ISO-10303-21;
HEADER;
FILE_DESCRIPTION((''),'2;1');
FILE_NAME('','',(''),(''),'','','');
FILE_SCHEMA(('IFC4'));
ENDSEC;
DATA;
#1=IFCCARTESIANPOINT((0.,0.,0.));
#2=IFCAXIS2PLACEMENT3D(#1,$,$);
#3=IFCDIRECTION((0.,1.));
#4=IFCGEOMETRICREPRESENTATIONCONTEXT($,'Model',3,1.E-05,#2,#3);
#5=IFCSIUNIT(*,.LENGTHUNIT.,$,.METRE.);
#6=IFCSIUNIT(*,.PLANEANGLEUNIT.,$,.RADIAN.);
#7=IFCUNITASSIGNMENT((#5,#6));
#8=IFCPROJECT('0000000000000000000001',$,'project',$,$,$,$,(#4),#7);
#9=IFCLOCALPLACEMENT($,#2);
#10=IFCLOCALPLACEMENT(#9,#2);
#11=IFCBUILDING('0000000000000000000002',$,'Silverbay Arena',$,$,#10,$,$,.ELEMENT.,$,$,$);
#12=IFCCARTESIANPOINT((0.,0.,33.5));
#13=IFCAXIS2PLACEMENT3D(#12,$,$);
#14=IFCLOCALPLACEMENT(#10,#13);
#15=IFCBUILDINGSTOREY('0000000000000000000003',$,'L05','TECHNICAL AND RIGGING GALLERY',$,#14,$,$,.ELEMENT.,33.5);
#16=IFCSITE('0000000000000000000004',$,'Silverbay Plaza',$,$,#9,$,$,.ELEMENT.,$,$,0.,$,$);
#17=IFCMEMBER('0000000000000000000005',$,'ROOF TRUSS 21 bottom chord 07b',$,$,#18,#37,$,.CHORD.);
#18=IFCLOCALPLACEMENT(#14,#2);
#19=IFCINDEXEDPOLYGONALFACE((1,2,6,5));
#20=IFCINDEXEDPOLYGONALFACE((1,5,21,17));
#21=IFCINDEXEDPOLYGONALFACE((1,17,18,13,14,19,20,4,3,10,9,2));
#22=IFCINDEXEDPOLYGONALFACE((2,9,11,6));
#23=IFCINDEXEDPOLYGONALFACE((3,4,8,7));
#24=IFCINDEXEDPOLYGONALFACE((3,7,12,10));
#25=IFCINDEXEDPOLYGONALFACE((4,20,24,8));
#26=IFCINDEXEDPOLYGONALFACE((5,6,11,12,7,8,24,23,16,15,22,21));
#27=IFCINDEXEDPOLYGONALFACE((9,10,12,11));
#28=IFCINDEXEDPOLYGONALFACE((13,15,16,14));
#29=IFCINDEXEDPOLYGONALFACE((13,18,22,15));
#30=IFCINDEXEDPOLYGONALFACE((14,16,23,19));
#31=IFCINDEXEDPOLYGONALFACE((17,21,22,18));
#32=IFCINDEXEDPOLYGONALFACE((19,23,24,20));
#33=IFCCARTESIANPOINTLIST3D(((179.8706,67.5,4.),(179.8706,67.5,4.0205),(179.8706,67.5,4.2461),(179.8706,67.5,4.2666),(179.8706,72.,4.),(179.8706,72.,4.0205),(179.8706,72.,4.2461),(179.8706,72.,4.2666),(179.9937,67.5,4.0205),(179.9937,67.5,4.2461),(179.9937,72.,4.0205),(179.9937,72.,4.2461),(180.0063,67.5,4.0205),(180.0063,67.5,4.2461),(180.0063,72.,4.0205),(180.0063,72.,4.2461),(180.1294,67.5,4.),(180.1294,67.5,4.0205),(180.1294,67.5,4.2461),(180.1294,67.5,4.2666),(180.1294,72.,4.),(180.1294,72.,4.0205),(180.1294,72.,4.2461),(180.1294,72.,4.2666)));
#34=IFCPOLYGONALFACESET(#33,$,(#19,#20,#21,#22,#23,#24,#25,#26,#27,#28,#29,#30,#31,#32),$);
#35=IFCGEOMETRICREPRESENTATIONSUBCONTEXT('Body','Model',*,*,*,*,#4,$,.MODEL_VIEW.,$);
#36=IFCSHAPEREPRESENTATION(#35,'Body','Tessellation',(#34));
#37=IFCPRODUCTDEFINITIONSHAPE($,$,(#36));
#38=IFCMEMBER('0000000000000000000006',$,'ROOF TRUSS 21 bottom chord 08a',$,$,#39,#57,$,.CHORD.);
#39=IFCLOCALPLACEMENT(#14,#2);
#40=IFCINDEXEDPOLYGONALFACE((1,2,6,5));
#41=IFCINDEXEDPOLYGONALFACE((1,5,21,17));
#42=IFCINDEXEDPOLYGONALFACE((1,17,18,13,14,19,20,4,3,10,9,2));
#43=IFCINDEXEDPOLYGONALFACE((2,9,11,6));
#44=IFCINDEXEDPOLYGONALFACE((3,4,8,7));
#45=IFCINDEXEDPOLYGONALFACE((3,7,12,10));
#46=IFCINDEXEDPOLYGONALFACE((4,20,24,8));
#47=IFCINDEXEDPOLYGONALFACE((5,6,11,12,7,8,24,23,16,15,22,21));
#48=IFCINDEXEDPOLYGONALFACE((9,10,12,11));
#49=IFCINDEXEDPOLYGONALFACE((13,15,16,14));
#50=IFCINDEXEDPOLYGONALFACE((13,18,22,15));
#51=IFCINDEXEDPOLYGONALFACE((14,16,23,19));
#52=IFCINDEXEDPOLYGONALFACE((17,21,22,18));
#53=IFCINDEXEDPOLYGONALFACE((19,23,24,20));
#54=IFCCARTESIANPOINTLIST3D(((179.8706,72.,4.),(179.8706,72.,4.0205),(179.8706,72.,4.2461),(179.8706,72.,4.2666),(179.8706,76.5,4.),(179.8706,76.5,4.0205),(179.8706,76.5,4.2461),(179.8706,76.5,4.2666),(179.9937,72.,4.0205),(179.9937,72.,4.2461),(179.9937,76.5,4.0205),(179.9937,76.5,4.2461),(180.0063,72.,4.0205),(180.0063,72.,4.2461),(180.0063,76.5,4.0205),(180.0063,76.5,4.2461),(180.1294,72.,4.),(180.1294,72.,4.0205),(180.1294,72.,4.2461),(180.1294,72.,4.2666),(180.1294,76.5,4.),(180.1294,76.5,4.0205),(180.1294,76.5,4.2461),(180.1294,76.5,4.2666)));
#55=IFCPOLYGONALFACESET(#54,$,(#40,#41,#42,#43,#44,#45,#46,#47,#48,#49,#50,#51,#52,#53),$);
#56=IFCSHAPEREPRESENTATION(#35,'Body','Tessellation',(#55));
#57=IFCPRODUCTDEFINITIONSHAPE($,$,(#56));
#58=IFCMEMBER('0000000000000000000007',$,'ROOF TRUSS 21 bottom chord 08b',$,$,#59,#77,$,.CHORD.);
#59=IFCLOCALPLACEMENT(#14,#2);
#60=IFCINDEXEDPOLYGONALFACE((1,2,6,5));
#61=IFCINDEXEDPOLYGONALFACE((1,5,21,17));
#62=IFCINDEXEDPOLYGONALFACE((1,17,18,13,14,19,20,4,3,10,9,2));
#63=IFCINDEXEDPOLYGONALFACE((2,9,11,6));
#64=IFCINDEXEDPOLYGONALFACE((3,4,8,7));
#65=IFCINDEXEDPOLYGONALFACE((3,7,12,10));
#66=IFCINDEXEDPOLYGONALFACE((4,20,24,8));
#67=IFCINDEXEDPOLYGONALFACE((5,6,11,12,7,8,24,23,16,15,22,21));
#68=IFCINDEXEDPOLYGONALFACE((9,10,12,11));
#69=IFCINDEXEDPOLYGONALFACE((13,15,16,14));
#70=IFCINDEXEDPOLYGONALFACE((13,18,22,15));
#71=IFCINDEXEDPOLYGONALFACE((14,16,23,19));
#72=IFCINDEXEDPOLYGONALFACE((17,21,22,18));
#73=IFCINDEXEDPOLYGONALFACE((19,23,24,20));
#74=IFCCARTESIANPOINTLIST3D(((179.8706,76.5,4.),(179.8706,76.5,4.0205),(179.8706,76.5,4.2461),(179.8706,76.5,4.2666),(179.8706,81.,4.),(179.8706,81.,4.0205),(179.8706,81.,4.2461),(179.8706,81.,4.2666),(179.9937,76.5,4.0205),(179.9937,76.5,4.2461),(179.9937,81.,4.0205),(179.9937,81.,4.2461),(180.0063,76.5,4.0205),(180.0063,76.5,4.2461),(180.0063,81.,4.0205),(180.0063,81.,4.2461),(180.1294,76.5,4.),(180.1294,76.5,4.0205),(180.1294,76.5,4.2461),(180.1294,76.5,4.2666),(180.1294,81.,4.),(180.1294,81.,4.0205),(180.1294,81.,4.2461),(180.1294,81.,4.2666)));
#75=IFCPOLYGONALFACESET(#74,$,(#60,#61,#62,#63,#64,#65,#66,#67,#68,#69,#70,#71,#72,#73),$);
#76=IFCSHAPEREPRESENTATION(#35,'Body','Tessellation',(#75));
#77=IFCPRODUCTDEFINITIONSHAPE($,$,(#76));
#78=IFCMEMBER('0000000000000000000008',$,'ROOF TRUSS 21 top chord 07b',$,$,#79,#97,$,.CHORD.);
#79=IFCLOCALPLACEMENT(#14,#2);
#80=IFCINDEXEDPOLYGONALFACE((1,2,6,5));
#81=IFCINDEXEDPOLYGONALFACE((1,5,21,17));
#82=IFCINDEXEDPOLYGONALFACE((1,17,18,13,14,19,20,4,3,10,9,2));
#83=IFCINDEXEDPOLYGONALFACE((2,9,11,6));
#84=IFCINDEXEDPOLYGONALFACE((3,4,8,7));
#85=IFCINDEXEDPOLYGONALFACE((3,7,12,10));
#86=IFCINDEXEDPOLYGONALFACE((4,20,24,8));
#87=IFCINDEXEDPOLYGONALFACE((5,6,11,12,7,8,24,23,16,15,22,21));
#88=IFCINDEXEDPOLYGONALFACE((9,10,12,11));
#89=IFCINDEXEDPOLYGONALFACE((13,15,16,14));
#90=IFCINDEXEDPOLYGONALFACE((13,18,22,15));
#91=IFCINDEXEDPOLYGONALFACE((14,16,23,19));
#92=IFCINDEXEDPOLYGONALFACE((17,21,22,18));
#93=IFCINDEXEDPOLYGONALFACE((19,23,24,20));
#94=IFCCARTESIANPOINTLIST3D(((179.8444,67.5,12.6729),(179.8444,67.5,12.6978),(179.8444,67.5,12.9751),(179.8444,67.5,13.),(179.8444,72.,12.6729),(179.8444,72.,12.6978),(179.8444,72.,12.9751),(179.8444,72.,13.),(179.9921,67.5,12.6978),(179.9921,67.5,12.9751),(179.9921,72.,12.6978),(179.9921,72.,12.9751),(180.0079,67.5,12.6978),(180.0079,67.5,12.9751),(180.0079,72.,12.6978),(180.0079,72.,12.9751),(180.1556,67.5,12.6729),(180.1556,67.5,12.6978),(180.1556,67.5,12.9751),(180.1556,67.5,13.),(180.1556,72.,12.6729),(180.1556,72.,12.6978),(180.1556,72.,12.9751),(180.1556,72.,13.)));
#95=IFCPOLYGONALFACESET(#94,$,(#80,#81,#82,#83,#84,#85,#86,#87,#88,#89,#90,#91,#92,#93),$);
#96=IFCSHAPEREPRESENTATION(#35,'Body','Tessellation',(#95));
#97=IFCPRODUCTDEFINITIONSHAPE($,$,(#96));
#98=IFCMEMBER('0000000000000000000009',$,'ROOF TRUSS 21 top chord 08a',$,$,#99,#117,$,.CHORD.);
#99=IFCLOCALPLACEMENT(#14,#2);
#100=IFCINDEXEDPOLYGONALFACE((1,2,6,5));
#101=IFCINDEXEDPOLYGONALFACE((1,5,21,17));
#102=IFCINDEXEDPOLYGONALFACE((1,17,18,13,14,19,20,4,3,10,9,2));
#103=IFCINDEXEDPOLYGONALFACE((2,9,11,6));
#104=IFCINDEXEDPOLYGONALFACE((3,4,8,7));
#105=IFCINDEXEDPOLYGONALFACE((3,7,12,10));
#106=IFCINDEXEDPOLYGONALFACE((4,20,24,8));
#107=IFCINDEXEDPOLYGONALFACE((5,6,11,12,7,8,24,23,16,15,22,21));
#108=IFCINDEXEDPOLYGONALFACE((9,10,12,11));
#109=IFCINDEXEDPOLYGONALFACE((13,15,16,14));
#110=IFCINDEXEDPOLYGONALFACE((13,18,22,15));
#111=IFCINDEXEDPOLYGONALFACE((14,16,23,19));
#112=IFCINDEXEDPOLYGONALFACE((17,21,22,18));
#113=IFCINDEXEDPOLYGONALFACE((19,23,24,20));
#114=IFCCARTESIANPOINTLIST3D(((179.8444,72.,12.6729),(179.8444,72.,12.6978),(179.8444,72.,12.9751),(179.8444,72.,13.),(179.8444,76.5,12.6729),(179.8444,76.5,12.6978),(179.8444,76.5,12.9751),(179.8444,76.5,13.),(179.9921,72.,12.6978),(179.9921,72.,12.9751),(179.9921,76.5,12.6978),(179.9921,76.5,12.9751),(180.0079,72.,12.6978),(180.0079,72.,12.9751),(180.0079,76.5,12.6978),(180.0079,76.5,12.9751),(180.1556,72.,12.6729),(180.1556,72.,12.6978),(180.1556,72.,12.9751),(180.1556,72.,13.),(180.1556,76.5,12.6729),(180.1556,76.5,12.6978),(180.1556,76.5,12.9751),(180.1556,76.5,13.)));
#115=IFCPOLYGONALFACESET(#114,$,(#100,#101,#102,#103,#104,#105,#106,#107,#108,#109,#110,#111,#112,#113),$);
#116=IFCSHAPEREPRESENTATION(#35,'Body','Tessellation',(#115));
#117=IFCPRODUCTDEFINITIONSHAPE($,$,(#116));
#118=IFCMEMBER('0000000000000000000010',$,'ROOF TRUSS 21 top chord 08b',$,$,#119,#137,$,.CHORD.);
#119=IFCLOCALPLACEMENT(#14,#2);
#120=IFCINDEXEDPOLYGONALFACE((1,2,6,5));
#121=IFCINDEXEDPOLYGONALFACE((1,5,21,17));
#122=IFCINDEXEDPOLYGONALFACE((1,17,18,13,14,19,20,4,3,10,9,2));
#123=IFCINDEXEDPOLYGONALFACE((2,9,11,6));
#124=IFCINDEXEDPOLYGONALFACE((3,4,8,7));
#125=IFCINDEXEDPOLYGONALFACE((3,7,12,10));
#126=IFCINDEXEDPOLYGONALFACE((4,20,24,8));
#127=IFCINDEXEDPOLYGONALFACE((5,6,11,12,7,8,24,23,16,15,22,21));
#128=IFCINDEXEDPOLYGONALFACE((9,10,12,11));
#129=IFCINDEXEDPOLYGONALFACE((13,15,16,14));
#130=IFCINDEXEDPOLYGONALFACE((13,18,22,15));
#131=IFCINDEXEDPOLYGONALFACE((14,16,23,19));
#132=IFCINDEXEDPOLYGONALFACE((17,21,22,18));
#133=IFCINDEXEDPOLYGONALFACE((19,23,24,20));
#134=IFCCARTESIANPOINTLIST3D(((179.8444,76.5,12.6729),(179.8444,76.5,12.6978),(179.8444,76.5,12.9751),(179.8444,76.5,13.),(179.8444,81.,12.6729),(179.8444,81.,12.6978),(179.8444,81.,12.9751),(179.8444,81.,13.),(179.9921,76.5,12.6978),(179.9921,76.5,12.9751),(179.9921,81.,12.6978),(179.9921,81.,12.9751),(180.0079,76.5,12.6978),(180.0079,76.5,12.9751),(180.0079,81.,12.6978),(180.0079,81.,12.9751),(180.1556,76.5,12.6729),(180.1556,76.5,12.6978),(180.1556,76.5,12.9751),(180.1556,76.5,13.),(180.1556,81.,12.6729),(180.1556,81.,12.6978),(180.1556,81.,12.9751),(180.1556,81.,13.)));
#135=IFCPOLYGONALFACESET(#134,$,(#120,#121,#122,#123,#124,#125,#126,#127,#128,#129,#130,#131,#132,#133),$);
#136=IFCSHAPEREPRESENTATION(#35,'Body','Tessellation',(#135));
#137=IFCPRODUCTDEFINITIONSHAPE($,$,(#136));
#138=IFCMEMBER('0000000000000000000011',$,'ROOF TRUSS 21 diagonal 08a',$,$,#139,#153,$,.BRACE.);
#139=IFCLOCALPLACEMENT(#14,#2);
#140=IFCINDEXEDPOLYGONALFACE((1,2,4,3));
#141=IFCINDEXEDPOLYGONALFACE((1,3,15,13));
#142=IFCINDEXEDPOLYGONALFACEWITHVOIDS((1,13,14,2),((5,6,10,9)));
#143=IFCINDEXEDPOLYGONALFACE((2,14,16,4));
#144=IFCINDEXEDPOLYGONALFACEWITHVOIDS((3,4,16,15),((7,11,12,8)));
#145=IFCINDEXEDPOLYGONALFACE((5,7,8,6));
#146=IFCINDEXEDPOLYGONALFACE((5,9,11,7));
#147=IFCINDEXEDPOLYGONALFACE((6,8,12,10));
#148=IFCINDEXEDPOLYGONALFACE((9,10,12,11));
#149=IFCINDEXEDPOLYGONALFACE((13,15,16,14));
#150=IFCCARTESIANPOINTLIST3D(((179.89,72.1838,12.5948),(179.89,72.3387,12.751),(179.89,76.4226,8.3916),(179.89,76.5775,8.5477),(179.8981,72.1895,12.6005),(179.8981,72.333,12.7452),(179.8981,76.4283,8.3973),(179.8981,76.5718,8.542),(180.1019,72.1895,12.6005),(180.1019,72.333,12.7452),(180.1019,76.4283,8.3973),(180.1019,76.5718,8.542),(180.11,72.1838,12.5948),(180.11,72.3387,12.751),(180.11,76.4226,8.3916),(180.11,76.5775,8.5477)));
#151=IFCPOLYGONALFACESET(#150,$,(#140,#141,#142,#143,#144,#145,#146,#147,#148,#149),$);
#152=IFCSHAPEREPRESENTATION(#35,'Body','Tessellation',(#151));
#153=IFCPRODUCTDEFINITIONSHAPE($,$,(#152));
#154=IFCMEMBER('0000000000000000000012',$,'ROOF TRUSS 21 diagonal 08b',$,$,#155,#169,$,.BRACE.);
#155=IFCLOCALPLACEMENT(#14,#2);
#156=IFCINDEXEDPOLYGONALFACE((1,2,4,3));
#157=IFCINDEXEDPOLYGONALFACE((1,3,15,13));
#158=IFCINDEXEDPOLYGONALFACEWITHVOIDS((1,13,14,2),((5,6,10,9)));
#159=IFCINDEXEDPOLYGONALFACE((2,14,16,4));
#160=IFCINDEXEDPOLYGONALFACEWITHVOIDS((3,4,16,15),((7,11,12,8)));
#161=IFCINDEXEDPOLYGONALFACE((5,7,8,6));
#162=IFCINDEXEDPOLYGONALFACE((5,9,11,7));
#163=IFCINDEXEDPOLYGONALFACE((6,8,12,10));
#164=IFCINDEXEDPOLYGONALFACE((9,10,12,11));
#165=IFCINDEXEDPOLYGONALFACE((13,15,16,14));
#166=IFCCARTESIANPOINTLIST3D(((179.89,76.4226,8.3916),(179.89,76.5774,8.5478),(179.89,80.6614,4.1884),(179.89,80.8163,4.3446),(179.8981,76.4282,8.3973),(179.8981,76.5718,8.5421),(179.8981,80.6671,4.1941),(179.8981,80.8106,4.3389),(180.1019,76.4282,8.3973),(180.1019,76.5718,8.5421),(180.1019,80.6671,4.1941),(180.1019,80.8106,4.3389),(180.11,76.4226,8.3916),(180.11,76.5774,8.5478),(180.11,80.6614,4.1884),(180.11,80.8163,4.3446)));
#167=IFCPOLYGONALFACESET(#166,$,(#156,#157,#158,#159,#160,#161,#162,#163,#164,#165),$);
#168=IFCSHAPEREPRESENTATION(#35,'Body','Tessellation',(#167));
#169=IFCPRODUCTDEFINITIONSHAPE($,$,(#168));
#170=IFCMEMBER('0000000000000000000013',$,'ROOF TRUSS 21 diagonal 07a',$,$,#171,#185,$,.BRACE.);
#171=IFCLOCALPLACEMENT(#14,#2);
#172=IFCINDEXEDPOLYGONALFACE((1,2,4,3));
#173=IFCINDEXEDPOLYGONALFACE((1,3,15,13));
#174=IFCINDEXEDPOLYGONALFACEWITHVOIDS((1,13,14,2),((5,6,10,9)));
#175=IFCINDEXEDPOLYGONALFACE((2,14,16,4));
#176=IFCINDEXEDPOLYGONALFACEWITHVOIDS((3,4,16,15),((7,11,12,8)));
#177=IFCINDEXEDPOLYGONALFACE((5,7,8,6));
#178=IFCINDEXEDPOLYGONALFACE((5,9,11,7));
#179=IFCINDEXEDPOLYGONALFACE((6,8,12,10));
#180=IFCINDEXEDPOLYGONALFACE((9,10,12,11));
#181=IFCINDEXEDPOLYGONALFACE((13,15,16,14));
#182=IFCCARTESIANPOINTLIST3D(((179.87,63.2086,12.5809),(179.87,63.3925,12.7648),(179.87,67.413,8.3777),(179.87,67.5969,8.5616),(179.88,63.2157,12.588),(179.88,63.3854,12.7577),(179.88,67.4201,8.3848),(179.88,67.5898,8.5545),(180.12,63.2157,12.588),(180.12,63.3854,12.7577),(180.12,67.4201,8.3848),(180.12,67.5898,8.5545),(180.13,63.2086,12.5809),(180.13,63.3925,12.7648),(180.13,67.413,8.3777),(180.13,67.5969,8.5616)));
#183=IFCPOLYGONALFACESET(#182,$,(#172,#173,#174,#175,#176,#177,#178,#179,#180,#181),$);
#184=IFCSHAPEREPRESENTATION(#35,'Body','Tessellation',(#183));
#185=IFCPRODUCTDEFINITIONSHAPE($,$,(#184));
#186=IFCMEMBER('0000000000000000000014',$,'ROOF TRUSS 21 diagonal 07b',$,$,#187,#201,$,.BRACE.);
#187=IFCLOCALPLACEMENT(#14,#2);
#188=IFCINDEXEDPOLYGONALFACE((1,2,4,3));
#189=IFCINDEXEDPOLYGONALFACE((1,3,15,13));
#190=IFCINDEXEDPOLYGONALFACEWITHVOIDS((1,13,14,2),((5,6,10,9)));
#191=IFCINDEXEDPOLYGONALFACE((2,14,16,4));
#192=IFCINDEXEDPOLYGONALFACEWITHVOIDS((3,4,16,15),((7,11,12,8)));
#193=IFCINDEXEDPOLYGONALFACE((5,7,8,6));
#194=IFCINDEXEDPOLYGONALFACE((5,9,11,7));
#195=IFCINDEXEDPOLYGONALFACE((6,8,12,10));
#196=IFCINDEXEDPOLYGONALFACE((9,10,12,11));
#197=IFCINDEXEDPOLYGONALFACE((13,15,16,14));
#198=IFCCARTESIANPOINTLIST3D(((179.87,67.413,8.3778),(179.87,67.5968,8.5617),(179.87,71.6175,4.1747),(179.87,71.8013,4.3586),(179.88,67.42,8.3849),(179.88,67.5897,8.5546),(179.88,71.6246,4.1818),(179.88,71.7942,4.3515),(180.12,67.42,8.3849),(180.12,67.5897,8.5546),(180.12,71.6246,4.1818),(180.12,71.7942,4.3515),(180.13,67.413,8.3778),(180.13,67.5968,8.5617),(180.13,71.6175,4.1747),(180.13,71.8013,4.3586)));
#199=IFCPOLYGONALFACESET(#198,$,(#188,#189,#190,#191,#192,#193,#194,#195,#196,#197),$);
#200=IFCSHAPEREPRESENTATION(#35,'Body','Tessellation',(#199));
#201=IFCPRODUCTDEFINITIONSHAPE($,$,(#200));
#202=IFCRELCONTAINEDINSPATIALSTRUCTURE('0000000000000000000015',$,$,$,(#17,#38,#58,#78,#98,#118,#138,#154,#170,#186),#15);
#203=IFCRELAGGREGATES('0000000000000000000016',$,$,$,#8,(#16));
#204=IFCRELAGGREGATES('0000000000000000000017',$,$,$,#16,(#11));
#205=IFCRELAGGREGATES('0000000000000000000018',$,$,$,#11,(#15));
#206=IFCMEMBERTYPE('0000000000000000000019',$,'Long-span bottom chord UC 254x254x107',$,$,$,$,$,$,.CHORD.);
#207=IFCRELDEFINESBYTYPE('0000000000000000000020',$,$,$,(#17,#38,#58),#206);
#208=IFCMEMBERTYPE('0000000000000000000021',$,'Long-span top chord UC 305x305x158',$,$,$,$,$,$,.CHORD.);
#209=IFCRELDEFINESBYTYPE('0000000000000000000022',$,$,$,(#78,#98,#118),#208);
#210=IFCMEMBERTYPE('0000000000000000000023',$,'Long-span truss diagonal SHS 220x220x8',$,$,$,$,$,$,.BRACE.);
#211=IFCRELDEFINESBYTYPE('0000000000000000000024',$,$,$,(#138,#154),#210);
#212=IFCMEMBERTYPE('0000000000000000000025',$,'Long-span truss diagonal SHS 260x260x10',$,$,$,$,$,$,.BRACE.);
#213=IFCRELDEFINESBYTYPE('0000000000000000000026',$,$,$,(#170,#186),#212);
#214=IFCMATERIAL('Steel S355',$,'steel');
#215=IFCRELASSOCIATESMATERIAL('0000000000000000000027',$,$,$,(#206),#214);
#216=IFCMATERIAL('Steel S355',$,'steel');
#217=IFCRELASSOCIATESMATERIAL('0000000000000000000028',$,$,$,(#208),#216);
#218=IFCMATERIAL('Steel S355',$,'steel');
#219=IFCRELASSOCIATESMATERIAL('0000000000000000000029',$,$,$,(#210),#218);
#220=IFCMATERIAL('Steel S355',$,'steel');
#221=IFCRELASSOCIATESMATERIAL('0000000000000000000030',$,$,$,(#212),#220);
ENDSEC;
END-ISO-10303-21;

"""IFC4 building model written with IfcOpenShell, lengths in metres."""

from ifc_helpers import new_model, si_unit, direction, frame, origin, origin_2d, place, context, subcontext, project, spatial, hollow_rectangle, i_section, extrude, material, material_profile, profile_set, type_object, element, save


model = new_model("IFC4")

# Units and contexts
model_context = context("Model", 3, precision=1e-05, world=origin(), true_north=direction((0.0, 1.0)))
body_context = subcontext(model_context, "Body", "Model", "MODEL_VIEW")
ifc_project = project(units=[si_unit("LENGTHUNIT", "METRE"), si_unit("PLANEANGLEUNIT", "RADIAN")], contexts=[model_context])

# Site, building, storey
site_placement = place(None, origin())
site = spatial("IfcSite", under=ifc_project, at=site_placement, Name="Silverbay Plaza", CompositionType="ELEMENT", RefElevation=0.0)
building_placement = place(site_placement, origin())
building = spatial("IfcBuilding", under=site, at=building_placement, Name="Silverbay Arena", CompositionType="ELEMENT")
storey_placement = place(building_placement, frame((0.0, 0.0, 33.5)))
storey = spatial("IfcBuildingStorey", under=building, at=storey_placement, Name="L05", Description="TECHNICAL AND RIGGING GALLERY", CompositionType="ELEMENT", Elevation=33.5)

# Members
ifc_material_1 = material(Name="Steel S355", Category="steel")
ifc_material_profile_1 = material_profile(ifc_material_1, i_section(OverallWidth=0.2588, OverallDepth=0.2666, WebThickness=0.0127, FlangeThickness=0.0205, at=origin_2d()), Name="UC 254x254x107")
ifc_profile_set_1 = profile_set([ifc_material_profile_1], Name="Steel S355")
member_type_1 = type_object("IfcMemberType", Name="Long-span bottom chord UC 254x254x107", PredefinedType="CHORD", material=ifc_profile_set_1)
for number, where, z_axis, x_axis, name in (
    (1, (180.0, 67.5, 4.1333), (0.0, 1.0, 0.0), (-1.0, 0.0, 0.0), "ROOF TRUSS 21 bottom chord 07b"),
    (2, (180.0, 72.0, 4.1333), (0.0, 1.0, 0.0), (-1.0, 0.0, 0.0), "ROOF TRUSS 21 bottom chord 08a"),
    (3, (180.0, 76.5, 4.1333), (0.0, 1.0, 0.0), (-1.0, 0.0, 0.0), "ROOF TRUSS 21 bottom chord 08b"),
):
    element("IfcMember", number, at=place(storey_placement, frame(where, z_axis=z_axis, x_axis=x_axis)), inside=storey, type_object=member_type_1, Name=name, PredefinedType="CHORD", context=body_context, shape_type="SweptSolid", body=[
        extrude(i_section(OverallWidth=0.2588, OverallDepth=0.2666, WebThickness=0.0127, FlangeThickness=0.0205, at=origin_2d()), origin(), (0.0, 0.0, 1.0), 4.5),
    ])
ifc_material_2 = material(Name="Steel S355", Category="steel")
ifc_material_profile_2 = material_profile(ifc_material_2, i_section(OverallWidth=0.3113, OverallDepth=0.3271, WebThickness=0.0159, FlangeThickness=0.0249, at=origin_2d()), Name="UC 305x305x158")
ifc_profile_set_2 = profile_set([ifc_material_profile_2], Name="Steel S355")
member_type_2 = type_object("IfcMemberType", Name="Long-span top chord UC 305x305x158", PredefinedType="CHORD", material=ifc_profile_set_2)
for number, where, z_axis, x_axis, name in (
    (4, (180.0, 67.5, 12.8364), (0.0, 1.0, 0.0), (-1.0, 0.0, 0.0), "ROOF TRUSS 21 top chord 07b"),
    (5, (180.0, 72.0, 12.8364), (0.0, 1.0, 0.0), (-1.0, 0.0, 0.0), "ROOF TRUSS 21 top chord 08a"),
    (6, (180.0, 76.5, 12.8364), (0.0, 1.0, 0.0), (-1.0, 0.0, 0.0), "ROOF TRUSS 21 top chord 08b"),
):
    element("IfcMember", number, at=place(storey_placement, frame(where, z_axis=z_axis, x_axis=x_axis)), inside=storey, type_object=member_type_2, Name=name, PredefinedType="CHORD", context=body_context, shape_type="SweptSolid", body=[
        extrude(i_section(OverallWidth=0.3113, OverallDepth=0.3271, WebThickness=0.0159, FlangeThickness=0.0249, at=origin_2d()), origin(), (0.0, 0.0, 1.0), 4.5),
    ])
ifc_material_3 = material(Name="Steel S355", Category="steel")
ifc_material_profile_3 = material_profile(ifc_material_3, hollow_rectangle(XDim=0.22, YDim=0.22, WallThickness=0.0081, at=origin_2d()), Name="SHS 220x220x8")
ifc_profile_set_3 = profile_set([ifc_material_profile_3], Name="Steel S355")
member_type_3 = type_object("IfcMemberType", Name="Long-span truss diagonal SHS 220x220x8", PredefinedType="BRACE", material=ifc_profile_set_3)
for number, where, z_axis, x_axis, name in (
    (7, (180.0, 72.2612, 12.6729), (0.0, 0.710086, -0.704115), (-1.0, 0.0, 0.0), "ROOF TRUSS 21 diagonal 08a"),
    (8, (180.0, 76.5, 8.4697), (0.0, 0.710086, -0.704115), (-1.0, 0.0, 0.0), "ROOF TRUSS 21 diagonal 08b"),
):
    element("IfcMember", number, at=place(storey_placement, frame(where, z_axis=z_axis, x_axis=x_axis)), inside=storey, type_object=member_type_3, Name=name, PredefinedType="BRACE", context=body_context, shape_type="SweptSolid", body=[
        extrude(hollow_rectangle(XDim=0.22, YDim=0.22, WallThickness=0.0081, at=origin_2d()), origin(), (0.0, 0.0, 1.0), 5.9695),
    ])
ifc_material_4 = material(Name="Steel S355", Category="steel")
ifc_material_profile_4 = material_profile(ifc_material_4, hollow_rectangle(XDim=0.26, YDim=0.26, WallThickness=0.01, at=origin_2d()), Name="SHS 260x260x10")
ifc_profile_set_4 = profile_set([ifc_material_profile_4], Name="Steel S355")
member_type_4 = type_object("IfcMemberType", Name="Long-span truss diagonal SHS 260x260x10", PredefinedType="BRACE", material=ifc_profile_set_4)
for number, where, z_axis, x_axis, name in (
    (9, (180.0, 63.3005, 12.6729), (0.0, 0.707209, -0.707004), (-1.0, 0.0, 0.0), "ROOF TRUSS 21 diagonal 07a"),
    (10, (180.0, 67.5049, 8.4697), (0.0, 0.70723, -0.706984), (-1.0, 0.0, 0.0), "ROOF TRUSS 21 diagonal 07b"),
):
    element("IfcMember", number, at=place(storey_placement, frame(where, z_axis=z_axis, x_axis=x_axis)), inside=storey, type_object=member_type_4, Name=name, PredefinedType="BRACE", context=body_context, shape_type="SweptSolid", body=[
        extrude(hollow_rectangle(XDim=0.26, YDim=0.26, WallThickness=0.01, at=origin_2d()), origin(), (0.0, 0.0, 1.0), 5.9451),
    ])

save(model, "model.ifc")
